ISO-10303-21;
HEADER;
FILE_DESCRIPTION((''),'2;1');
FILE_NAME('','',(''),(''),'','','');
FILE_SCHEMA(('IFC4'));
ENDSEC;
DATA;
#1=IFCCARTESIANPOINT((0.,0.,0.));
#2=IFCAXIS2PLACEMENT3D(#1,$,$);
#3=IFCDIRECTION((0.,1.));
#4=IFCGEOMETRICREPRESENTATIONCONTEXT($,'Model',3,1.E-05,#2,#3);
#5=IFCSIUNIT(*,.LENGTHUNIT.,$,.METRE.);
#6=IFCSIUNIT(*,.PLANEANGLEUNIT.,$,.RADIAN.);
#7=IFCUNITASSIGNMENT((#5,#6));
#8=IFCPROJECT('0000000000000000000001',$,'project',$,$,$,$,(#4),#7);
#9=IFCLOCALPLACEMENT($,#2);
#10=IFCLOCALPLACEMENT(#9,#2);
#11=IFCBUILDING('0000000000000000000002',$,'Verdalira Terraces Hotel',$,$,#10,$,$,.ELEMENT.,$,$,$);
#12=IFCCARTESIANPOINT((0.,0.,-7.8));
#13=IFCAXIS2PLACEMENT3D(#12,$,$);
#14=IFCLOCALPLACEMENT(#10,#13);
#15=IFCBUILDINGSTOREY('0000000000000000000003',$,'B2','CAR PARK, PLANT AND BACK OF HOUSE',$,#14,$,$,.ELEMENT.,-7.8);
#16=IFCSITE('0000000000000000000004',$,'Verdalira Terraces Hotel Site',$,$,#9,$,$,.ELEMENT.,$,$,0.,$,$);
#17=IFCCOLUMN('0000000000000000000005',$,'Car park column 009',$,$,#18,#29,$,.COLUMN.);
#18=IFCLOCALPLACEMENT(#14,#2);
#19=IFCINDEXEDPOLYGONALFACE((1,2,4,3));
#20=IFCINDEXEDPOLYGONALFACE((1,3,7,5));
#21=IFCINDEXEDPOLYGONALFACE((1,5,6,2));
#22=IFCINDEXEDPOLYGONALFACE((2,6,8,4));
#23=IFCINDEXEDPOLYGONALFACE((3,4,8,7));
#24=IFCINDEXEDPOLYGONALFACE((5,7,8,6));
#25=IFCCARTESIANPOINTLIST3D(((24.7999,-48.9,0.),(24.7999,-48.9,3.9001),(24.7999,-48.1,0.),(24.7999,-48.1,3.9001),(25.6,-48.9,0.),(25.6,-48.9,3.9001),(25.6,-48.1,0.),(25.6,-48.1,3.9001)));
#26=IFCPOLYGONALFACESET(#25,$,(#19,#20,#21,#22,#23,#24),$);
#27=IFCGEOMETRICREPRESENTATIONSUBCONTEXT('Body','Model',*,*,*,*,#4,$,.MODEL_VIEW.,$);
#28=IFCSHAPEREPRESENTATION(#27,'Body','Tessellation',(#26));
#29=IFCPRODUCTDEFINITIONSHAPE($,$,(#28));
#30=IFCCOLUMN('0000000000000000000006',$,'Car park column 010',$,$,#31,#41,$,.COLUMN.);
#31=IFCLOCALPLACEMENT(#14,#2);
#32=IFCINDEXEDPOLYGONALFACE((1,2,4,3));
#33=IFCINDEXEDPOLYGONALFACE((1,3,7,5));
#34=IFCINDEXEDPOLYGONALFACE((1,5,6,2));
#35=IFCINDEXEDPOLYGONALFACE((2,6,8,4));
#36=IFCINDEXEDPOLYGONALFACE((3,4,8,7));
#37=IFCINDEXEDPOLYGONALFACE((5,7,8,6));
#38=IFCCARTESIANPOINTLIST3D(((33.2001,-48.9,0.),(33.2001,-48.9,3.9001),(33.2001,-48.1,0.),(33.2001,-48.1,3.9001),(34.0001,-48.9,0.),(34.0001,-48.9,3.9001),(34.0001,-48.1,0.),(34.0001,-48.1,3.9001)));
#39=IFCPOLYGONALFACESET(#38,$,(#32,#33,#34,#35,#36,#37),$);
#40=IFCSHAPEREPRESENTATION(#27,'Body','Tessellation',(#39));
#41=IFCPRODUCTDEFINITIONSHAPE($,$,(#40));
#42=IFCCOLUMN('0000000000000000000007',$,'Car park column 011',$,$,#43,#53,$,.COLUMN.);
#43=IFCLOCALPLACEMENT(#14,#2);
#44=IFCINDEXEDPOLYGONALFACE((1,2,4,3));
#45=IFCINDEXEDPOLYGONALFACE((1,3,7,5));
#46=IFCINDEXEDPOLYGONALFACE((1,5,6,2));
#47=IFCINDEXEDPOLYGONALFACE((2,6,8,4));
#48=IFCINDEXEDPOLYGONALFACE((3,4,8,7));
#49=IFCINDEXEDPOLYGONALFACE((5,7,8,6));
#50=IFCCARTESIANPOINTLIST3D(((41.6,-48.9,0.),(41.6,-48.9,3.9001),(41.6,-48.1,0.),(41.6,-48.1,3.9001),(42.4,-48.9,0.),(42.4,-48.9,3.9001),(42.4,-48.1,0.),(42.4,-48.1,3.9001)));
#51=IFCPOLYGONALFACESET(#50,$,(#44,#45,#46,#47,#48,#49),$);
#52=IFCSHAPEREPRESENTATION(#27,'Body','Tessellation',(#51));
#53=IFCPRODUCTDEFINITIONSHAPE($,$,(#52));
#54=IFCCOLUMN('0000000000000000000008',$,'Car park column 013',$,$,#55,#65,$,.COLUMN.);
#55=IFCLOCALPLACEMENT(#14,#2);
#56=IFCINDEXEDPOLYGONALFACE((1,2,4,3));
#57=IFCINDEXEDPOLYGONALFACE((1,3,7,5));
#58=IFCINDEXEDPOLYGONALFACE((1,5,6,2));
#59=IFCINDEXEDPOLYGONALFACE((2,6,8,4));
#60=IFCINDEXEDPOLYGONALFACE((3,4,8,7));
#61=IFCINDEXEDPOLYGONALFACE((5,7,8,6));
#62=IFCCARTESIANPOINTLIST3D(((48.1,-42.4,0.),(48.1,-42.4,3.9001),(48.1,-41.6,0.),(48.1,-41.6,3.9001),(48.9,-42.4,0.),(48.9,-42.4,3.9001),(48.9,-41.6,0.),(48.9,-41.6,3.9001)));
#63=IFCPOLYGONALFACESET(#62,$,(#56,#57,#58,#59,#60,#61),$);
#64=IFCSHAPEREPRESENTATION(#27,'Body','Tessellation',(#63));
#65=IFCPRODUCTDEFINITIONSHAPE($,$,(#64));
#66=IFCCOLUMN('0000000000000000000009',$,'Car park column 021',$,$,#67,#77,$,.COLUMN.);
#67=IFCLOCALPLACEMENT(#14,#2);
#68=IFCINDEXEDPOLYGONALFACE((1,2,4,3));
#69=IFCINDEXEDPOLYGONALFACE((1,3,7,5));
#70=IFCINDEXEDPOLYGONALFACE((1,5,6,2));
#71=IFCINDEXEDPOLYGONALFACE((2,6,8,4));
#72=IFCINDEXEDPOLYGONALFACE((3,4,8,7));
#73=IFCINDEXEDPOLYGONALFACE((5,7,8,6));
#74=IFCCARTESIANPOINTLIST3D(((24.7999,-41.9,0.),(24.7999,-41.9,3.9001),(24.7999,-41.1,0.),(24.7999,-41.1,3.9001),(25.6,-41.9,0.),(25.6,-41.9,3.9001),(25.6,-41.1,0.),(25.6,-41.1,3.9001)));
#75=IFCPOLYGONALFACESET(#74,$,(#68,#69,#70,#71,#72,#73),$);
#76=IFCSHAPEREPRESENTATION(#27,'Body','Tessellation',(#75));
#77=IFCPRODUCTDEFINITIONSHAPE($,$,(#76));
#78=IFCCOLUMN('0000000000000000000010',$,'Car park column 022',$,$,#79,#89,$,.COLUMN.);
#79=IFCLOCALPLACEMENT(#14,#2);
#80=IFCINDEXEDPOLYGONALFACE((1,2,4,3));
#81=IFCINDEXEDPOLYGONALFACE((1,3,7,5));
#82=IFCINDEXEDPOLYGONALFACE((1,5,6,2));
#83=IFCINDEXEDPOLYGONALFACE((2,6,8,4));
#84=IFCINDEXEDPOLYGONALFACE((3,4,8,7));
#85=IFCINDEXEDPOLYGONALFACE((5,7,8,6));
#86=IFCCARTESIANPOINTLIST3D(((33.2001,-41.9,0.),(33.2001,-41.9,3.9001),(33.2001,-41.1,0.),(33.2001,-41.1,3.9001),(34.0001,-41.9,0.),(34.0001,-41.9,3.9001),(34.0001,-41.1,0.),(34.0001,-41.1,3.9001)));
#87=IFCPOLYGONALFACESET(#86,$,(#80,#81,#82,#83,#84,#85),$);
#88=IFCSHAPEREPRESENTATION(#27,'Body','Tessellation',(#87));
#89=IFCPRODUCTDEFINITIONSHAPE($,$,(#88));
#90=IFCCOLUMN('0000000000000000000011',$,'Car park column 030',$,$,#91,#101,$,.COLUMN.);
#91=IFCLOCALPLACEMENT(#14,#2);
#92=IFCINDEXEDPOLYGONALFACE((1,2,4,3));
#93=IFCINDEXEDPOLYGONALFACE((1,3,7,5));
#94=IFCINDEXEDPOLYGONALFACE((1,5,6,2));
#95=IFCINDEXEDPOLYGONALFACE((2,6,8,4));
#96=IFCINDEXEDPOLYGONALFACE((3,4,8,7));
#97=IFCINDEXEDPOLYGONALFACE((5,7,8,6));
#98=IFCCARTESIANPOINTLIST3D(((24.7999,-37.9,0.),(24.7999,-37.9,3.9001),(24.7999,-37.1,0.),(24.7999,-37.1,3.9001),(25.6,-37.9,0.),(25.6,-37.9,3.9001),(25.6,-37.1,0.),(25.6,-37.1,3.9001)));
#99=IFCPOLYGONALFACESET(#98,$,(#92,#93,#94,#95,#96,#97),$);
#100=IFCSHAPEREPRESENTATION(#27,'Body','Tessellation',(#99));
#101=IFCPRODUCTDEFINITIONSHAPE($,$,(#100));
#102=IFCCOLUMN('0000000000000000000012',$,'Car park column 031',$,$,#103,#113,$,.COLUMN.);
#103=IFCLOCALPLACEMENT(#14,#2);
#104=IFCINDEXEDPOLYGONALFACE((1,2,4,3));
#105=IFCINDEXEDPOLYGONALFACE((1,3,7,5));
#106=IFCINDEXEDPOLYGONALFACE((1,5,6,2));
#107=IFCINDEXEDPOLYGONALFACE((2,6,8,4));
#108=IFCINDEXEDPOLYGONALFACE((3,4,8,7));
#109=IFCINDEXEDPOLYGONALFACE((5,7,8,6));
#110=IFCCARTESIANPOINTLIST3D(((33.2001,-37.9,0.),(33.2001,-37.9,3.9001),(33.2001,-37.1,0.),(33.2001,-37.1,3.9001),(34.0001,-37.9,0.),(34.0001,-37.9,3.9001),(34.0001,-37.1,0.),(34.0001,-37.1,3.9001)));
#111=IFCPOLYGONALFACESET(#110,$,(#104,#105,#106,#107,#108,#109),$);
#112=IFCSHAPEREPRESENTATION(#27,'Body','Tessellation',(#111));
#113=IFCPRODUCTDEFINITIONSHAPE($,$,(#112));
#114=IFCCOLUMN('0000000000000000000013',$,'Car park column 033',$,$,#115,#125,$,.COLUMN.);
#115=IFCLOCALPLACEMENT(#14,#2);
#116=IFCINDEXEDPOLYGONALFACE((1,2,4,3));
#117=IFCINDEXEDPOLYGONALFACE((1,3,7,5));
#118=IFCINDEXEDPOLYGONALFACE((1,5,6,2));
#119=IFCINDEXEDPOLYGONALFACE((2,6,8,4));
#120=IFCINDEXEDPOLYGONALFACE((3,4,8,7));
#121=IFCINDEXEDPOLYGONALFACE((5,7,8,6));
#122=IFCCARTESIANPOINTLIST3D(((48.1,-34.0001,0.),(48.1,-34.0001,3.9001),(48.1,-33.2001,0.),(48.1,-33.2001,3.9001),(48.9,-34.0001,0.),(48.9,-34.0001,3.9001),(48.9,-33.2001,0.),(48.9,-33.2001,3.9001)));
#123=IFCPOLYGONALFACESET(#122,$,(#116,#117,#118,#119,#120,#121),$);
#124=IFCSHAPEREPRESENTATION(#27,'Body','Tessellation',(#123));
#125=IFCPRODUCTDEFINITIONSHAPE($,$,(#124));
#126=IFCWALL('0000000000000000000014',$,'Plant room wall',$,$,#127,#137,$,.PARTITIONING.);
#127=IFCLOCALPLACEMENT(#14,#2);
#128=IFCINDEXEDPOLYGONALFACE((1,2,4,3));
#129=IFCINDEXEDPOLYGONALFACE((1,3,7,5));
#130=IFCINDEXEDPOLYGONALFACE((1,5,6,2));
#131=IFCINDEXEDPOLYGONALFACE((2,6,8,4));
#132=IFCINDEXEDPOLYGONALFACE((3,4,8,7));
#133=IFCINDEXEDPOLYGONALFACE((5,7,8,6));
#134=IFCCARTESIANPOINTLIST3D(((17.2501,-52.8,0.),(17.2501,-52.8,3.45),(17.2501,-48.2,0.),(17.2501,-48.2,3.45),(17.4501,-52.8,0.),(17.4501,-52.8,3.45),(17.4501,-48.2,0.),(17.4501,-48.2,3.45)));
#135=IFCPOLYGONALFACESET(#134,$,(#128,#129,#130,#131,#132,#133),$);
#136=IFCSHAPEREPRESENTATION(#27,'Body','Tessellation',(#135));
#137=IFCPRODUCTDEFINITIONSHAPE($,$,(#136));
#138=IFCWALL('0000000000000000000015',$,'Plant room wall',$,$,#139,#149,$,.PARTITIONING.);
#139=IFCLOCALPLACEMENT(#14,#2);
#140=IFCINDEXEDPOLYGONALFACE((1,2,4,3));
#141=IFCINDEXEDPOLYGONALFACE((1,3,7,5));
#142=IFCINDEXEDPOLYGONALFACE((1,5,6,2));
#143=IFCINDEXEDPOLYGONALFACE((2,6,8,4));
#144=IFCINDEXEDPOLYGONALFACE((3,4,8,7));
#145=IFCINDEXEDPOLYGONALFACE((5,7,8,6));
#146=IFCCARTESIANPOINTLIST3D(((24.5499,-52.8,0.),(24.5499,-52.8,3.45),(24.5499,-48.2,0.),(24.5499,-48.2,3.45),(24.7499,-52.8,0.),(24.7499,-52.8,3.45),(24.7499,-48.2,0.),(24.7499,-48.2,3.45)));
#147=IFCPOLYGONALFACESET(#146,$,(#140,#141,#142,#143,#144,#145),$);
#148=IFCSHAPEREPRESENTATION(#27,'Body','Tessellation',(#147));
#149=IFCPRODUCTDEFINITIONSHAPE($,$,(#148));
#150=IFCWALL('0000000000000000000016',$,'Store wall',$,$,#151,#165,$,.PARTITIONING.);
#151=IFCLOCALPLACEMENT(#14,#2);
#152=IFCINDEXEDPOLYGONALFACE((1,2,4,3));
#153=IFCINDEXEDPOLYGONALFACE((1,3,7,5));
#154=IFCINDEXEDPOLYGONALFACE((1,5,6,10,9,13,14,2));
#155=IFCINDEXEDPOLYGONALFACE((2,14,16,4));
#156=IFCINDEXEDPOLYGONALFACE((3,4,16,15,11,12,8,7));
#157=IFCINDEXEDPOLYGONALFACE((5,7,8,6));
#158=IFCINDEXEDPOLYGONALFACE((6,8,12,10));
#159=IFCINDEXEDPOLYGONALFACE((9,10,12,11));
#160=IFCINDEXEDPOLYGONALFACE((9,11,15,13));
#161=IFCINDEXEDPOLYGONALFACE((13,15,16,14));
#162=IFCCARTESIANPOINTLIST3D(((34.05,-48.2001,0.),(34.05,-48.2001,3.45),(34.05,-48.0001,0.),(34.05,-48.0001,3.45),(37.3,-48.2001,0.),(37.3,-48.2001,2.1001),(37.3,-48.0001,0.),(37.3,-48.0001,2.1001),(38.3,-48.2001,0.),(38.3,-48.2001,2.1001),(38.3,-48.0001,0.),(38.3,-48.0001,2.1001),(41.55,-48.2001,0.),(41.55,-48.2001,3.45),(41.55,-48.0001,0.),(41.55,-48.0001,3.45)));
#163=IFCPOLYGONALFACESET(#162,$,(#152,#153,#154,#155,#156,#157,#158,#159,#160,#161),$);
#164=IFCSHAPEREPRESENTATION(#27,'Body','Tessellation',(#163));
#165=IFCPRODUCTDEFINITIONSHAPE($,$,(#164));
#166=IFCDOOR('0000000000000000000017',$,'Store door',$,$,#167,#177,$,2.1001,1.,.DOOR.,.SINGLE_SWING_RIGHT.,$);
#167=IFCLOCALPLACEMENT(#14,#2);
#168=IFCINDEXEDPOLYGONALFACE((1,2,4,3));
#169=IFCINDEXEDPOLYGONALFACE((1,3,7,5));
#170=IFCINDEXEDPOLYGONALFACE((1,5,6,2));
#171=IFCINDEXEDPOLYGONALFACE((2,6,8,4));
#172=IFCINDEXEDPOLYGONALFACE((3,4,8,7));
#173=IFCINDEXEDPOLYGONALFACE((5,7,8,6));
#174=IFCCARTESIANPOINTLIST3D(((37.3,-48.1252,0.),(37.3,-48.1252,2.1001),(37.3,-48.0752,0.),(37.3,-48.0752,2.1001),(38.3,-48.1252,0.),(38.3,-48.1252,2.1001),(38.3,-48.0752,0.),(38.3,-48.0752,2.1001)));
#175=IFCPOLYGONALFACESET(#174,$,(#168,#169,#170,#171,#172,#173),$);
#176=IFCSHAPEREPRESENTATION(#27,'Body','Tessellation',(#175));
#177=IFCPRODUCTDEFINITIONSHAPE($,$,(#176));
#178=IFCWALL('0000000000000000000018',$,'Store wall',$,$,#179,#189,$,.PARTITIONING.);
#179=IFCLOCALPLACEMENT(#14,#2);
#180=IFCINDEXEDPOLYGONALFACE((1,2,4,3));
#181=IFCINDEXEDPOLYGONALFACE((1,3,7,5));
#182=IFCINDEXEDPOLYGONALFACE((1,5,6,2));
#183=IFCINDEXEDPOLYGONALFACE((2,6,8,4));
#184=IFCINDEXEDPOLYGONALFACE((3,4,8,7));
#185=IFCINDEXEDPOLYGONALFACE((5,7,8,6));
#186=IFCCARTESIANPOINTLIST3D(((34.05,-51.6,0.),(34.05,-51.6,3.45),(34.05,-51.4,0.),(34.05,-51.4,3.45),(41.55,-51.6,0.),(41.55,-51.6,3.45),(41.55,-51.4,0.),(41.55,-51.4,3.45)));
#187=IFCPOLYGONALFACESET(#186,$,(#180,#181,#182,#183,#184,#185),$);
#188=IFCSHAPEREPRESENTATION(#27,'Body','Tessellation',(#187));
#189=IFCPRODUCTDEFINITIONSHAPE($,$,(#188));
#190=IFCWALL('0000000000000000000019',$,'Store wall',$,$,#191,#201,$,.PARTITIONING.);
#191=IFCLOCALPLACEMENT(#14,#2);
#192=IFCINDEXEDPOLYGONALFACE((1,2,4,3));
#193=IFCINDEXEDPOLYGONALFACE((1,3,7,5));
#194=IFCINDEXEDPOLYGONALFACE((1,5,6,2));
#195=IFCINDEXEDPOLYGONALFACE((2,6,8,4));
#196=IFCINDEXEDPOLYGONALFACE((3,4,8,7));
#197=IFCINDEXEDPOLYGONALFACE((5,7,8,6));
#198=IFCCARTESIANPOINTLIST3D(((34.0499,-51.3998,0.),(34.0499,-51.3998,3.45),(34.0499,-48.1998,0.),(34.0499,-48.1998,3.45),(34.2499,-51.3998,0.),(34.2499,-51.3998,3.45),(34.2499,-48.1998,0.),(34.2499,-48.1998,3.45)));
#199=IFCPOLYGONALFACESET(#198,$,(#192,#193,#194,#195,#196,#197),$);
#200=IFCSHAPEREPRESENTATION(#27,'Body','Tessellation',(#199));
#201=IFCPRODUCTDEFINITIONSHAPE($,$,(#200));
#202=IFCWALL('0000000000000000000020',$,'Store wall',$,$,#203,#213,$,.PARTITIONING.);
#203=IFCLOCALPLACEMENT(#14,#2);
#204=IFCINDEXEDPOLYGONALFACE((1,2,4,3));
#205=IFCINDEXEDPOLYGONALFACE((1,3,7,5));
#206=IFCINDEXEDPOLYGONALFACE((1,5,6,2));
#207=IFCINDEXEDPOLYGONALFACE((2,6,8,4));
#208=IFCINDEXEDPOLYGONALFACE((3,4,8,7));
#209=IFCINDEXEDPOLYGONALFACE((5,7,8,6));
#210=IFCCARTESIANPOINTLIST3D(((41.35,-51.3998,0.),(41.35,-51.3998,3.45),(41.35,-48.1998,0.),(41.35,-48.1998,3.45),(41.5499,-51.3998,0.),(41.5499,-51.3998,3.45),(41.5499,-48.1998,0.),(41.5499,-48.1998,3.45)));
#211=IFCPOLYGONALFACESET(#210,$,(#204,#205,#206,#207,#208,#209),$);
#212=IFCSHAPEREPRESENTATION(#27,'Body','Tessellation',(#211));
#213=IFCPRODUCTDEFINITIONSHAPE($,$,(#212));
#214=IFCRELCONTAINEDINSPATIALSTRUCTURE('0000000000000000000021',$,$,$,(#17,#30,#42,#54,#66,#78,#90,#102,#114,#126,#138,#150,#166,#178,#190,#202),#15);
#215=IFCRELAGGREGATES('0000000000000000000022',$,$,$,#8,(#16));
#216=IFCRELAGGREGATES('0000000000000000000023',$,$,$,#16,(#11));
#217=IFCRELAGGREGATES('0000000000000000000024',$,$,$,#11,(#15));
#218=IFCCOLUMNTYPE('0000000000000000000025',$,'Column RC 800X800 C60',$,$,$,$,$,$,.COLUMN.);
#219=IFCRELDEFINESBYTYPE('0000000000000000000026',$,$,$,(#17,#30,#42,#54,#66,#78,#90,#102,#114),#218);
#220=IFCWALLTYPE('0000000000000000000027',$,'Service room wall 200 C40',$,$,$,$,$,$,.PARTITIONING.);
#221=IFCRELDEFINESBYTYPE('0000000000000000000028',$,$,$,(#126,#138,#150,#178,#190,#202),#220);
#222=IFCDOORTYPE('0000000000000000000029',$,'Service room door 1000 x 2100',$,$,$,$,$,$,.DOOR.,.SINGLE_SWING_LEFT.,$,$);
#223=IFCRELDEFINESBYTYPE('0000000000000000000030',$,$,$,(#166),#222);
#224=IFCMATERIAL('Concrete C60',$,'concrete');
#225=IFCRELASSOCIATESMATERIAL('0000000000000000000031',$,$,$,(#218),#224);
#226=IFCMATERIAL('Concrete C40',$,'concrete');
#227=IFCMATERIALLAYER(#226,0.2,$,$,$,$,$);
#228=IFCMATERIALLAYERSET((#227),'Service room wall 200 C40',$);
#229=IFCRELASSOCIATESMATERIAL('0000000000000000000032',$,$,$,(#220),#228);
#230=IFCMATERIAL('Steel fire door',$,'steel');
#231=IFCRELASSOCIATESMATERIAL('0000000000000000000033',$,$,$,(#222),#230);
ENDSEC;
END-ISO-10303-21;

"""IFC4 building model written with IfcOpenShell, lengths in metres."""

from ifc_helpers import new_model, si_unit, direction, frame, frame_2d, origin, origin_2d, place, context, subcontext, project, spatial, rectangle, extrude, material, layer, layer_set, material_profile, profile_set, type_object, element, fill, save


model = new_model("IFC4")

# Units and contexts
model_context = context("Model", 3, precision=1e-05, world=origin(), true_north=direction((0.0, 1.0)))
body_context = subcontext(model_context, "Body", "Model", "MODEL_VIEW")
ifc_project = project(units=[si_unit("LENGTHUNIT", "METRE"), si_unit("PLANEANGLEUNIT", "RADIAN")], contexts=[model_context])

# Site, building, storey
site_placement = place(None, origin())
site = spatial("IfcSite", under=ifc_project, at=site_placement, Name="Verdalira Terraces Hotel Site", CompositionType="ELEMENT", RefElevation=0.0)
building_placement = place(site_placement, origin())
building = spatial("IfcBuilding", under=site, at=building_placement, Name="Verdalira Terraces Hotel", CompositionType="ELEMENT")
storey_placement = place(building_placement, frame((0.0, 0.0, -7.8)))
storey = spatial("IfcBuildingStorey", under=building, at=storey_placement, Name="B2", Description="CAR PARK, PLANT AND BACK OF HOUSE", CompositionType="ELEMENT", Elevation=-7.8)

# Columns
ifc_material_1 = material(Name="Concrete C60", Category="concrete")
ifc_material_profile = material_profile(ifc_material_1, rectangle(XDim=0.8, YDim=0.8, at=origin_2d()), Name="RC 800X800")
ifc_profile_set = profile_set([ifc_material_profile], Name="Concrete C60")
column_type = type_object("IfcColumnType", Name="Column RC 800X800 C60", PredefinedType="COLUMN", material=ifc_profile_set)
for number, where, z_axis, x_axis, name in (
    (1, (25.2, -48.5, 0.0), (0.0, 0.0, 1.0), (1.0, 0.0, 0.0), "Car park column 009"),
    (2, (33.6001, -48.5, 0.0), (0.0, 0.0, 1.0), (1.0, 0.0, 0.0), "Car park column 010"),
    (3, (42.0, -48.5, 0.0), (0.0, 0.0, 1.0), (1.0, 0.0, 0.0), "Car park column 011"),
    (4, (48.5, -42.0, 0.0), (0.0, 0.0, 1.0), (1.0, 0.0, 0.0), "Car park column 013"),
    (5, (25.2, -41.5, 0.0), (0.0, 0.0, 1.0), (1.0, 0.0, 0.0), "Car park column 021"),
    (6, (33.6001, -41.5, 0.0), (0.0, 0.0, 1.0), (1.0, 0.0, 0.0), "Car park column 022"),
    (7, (25.2, -37.5, 0.0), (0.0, 0.0, 1.0), (1.0, 0.0, 0.0), "Car park column 030"),
    (8, (33.6001, -37.5, 0.0), (0.0, 0.0, 1.0), (1.0, 0.0, 0.0), "Car park column 031"),
    (9, (48.5, -33.6001, 0.0), (0.0, 0.0, 1.0), (1.0, 0.0, 0.0), "Car park column 033"),
):
    element("IfcColumn", number, at=place(storey_placement, frame(where, z_axis=z_axis, x_axis=x_axis)), inside=storey, type_object=column_type, Name=name, PredefinedType="COLUMN", context=body_context, shape_type="SweptSolid", body=[
        extrude(rectangle(XDim=0.8, YDim=0.8, at=origin_2d()), origin(), (0.0, 0.0, 1.0), 3.9001),
    ])

# Walls
ifc_material_2 = material(Name="Concrete C40", Category="concrete")
ifc_layer_1 = layer(ifc_material_2, 0.2)
ifc_layer_set_1 = layer_set([ifc_layer_1], Name="Service room wall 200 C40")
wall_type_1 = type_object("IfcWallType", Name="Service room wall 200 C40", PredefinedType="PARTITIONING", material=ifc_layer_set_1)
for number, where, z_axis, x_axis, name in (
    (10, (17.3501, -52.8, 0.0), (0.0, 0.0, 1.0), (0.0, 1.0, 0.0), "Plant room wall"),
    (11, (24.6499, -52.8, 0.0), (0.0, 0.0, 1.0), (0.0, 1.0, 0.0), "Plant room wall"),
):
    element("IfcWall", number, at=place(storey_placement, frame(where, z_axis=z_axis, x_axis=x_axis)), inside=storey, type_object=wall_type_1, Name=name, PredefinedType="PARTITIONING", context=body_context, shape_type="SweptSolid", body=[
        extrude(rectangle(XDim=4.6001, YDim=0.2, at=frame_2d((2.3, 0.0))), origin(), (0.0, 0.0, 1.0), 3.45),
    ])

# Wall, opening, door
wall_1_placement = place(storey_placement, frame((34.05, -48.1001, 0.0), z_axis=(0.0, 0.0, 1.0), x_axis=(1.0, 0.0, 0.0)))
wall_1 = element("IfcWall", 12, at=wall_1_placement, inside=storey, type_object=wall_type_1, Name="Store wall", PredefinedType="PARTITIONING", context=body_context, shape_type="SweptSolid", body=[
    extrude(rectangle(XDim=7.5, YDim=0.2, at=frame_2d((3.75, 0.0))), origin(), (0.0, 0.0, 1.0), 3.45),
])
opening_1_placement = place(wall_1_placement, frame((3.25, 0.0, 0.0)))
opening_1 = element("IfcOpeningElement", 13, at=opening_1_placement, cuts=wall_1, PredefinedType="OPENING", context=body_context, shape_type="SweptSolid", body=[
    extrude(rectangle(XDim=1.0, YDim=2.1001, at=frame_2d((0.5, 1.05))), frame((0.0, 0.1099, 0.0), z_axis=(0.0, -1.0, 0.0), x_axis=(1.0, 0.0, 0.0)), (0.0, 0.0, 1.0), 0.22),
])
ifc_material_3 = material(Name="Steel fire door", Category="steel")
door_type_1 = type_object("IfcDoorType", Name="Service room door 1000 x 2100", OperationType="SINGLE_SWING_LEFT", PredefinedType="DOOR", material=ifc_material_3)
door_1_placement = place(opening_1_placement, origin())
door_1 = element("IfcDoor", 14, at=door_1_placement, inside=storey, type_object=door_type_1, Name="Store door", OperationType="SINGLE_SWING_RIGHT", OverallHeight=2.1001, OverallWidth=1.0, PredefinedType="DOOR", context=body_context, shape_type="SweptSolid", body=[
    extrude(rectangle(XDim=1.0, YDim=2.1001, at=frame_2d((0.5, 1.05))), frame((0.0, 0.0249, 0.0), z_axis=(0.0, -1.0, 0.0), x_axis=(1.0, 0.0, 0.0)), (0.0, 0.0, 1.0), 0.05),
])
fill(opening_1, door_1)

# Walls
wall_2_placement = place(storey_placement, frame((34.05, -51.5, 0.0), z_axis=(0.0, 0.0, 1.0), x_axis=(1.0, 0.0, 0.0)))
element("IfcWall", 15, at=wall_2_placement, inside=storey, type_object=wall_type_1, Name="Store wall", PredefinedType="PARTITIONING", context=body_context, shape_type="SweptSolid", body=[
    extrude(rectangle(XDim=7.5, YDim=0.2, at=frame_2d((3.75, 0.0))), origin(), (0.0, 0.0, 1.0), 3.45),
])
for number, where, z_axis, x_axis, name in (
    (16, (34.1499, -51.3999, 0.0), (0.0, 0.0, 1.0), (0.0, 1.0, 0.0), "Store wall"),
    (17, (41.45, -51.3999, 0.0), (0.0, 0.0, 1.0), (0.0, 1.0, 0.0), "Store wall"),
):
    element("IfcWall", number, at=place(storey_placement, frame(where, z_axis=z_axis, x_axis=x_axis)), inside=storey, type_object=wall_type_1, Name=name, PredefinedType="PARTITIONING", context=body_context, shape_type="SweptSolid", body=[
        extrude(rectangle(XDim=3.2, YDim=0.2, at=frame_2d((1.6001, 0.0))), origin(), (0.0, 0.0, 1.0), 3.45),
    ])

save(model, "model.ifc")
